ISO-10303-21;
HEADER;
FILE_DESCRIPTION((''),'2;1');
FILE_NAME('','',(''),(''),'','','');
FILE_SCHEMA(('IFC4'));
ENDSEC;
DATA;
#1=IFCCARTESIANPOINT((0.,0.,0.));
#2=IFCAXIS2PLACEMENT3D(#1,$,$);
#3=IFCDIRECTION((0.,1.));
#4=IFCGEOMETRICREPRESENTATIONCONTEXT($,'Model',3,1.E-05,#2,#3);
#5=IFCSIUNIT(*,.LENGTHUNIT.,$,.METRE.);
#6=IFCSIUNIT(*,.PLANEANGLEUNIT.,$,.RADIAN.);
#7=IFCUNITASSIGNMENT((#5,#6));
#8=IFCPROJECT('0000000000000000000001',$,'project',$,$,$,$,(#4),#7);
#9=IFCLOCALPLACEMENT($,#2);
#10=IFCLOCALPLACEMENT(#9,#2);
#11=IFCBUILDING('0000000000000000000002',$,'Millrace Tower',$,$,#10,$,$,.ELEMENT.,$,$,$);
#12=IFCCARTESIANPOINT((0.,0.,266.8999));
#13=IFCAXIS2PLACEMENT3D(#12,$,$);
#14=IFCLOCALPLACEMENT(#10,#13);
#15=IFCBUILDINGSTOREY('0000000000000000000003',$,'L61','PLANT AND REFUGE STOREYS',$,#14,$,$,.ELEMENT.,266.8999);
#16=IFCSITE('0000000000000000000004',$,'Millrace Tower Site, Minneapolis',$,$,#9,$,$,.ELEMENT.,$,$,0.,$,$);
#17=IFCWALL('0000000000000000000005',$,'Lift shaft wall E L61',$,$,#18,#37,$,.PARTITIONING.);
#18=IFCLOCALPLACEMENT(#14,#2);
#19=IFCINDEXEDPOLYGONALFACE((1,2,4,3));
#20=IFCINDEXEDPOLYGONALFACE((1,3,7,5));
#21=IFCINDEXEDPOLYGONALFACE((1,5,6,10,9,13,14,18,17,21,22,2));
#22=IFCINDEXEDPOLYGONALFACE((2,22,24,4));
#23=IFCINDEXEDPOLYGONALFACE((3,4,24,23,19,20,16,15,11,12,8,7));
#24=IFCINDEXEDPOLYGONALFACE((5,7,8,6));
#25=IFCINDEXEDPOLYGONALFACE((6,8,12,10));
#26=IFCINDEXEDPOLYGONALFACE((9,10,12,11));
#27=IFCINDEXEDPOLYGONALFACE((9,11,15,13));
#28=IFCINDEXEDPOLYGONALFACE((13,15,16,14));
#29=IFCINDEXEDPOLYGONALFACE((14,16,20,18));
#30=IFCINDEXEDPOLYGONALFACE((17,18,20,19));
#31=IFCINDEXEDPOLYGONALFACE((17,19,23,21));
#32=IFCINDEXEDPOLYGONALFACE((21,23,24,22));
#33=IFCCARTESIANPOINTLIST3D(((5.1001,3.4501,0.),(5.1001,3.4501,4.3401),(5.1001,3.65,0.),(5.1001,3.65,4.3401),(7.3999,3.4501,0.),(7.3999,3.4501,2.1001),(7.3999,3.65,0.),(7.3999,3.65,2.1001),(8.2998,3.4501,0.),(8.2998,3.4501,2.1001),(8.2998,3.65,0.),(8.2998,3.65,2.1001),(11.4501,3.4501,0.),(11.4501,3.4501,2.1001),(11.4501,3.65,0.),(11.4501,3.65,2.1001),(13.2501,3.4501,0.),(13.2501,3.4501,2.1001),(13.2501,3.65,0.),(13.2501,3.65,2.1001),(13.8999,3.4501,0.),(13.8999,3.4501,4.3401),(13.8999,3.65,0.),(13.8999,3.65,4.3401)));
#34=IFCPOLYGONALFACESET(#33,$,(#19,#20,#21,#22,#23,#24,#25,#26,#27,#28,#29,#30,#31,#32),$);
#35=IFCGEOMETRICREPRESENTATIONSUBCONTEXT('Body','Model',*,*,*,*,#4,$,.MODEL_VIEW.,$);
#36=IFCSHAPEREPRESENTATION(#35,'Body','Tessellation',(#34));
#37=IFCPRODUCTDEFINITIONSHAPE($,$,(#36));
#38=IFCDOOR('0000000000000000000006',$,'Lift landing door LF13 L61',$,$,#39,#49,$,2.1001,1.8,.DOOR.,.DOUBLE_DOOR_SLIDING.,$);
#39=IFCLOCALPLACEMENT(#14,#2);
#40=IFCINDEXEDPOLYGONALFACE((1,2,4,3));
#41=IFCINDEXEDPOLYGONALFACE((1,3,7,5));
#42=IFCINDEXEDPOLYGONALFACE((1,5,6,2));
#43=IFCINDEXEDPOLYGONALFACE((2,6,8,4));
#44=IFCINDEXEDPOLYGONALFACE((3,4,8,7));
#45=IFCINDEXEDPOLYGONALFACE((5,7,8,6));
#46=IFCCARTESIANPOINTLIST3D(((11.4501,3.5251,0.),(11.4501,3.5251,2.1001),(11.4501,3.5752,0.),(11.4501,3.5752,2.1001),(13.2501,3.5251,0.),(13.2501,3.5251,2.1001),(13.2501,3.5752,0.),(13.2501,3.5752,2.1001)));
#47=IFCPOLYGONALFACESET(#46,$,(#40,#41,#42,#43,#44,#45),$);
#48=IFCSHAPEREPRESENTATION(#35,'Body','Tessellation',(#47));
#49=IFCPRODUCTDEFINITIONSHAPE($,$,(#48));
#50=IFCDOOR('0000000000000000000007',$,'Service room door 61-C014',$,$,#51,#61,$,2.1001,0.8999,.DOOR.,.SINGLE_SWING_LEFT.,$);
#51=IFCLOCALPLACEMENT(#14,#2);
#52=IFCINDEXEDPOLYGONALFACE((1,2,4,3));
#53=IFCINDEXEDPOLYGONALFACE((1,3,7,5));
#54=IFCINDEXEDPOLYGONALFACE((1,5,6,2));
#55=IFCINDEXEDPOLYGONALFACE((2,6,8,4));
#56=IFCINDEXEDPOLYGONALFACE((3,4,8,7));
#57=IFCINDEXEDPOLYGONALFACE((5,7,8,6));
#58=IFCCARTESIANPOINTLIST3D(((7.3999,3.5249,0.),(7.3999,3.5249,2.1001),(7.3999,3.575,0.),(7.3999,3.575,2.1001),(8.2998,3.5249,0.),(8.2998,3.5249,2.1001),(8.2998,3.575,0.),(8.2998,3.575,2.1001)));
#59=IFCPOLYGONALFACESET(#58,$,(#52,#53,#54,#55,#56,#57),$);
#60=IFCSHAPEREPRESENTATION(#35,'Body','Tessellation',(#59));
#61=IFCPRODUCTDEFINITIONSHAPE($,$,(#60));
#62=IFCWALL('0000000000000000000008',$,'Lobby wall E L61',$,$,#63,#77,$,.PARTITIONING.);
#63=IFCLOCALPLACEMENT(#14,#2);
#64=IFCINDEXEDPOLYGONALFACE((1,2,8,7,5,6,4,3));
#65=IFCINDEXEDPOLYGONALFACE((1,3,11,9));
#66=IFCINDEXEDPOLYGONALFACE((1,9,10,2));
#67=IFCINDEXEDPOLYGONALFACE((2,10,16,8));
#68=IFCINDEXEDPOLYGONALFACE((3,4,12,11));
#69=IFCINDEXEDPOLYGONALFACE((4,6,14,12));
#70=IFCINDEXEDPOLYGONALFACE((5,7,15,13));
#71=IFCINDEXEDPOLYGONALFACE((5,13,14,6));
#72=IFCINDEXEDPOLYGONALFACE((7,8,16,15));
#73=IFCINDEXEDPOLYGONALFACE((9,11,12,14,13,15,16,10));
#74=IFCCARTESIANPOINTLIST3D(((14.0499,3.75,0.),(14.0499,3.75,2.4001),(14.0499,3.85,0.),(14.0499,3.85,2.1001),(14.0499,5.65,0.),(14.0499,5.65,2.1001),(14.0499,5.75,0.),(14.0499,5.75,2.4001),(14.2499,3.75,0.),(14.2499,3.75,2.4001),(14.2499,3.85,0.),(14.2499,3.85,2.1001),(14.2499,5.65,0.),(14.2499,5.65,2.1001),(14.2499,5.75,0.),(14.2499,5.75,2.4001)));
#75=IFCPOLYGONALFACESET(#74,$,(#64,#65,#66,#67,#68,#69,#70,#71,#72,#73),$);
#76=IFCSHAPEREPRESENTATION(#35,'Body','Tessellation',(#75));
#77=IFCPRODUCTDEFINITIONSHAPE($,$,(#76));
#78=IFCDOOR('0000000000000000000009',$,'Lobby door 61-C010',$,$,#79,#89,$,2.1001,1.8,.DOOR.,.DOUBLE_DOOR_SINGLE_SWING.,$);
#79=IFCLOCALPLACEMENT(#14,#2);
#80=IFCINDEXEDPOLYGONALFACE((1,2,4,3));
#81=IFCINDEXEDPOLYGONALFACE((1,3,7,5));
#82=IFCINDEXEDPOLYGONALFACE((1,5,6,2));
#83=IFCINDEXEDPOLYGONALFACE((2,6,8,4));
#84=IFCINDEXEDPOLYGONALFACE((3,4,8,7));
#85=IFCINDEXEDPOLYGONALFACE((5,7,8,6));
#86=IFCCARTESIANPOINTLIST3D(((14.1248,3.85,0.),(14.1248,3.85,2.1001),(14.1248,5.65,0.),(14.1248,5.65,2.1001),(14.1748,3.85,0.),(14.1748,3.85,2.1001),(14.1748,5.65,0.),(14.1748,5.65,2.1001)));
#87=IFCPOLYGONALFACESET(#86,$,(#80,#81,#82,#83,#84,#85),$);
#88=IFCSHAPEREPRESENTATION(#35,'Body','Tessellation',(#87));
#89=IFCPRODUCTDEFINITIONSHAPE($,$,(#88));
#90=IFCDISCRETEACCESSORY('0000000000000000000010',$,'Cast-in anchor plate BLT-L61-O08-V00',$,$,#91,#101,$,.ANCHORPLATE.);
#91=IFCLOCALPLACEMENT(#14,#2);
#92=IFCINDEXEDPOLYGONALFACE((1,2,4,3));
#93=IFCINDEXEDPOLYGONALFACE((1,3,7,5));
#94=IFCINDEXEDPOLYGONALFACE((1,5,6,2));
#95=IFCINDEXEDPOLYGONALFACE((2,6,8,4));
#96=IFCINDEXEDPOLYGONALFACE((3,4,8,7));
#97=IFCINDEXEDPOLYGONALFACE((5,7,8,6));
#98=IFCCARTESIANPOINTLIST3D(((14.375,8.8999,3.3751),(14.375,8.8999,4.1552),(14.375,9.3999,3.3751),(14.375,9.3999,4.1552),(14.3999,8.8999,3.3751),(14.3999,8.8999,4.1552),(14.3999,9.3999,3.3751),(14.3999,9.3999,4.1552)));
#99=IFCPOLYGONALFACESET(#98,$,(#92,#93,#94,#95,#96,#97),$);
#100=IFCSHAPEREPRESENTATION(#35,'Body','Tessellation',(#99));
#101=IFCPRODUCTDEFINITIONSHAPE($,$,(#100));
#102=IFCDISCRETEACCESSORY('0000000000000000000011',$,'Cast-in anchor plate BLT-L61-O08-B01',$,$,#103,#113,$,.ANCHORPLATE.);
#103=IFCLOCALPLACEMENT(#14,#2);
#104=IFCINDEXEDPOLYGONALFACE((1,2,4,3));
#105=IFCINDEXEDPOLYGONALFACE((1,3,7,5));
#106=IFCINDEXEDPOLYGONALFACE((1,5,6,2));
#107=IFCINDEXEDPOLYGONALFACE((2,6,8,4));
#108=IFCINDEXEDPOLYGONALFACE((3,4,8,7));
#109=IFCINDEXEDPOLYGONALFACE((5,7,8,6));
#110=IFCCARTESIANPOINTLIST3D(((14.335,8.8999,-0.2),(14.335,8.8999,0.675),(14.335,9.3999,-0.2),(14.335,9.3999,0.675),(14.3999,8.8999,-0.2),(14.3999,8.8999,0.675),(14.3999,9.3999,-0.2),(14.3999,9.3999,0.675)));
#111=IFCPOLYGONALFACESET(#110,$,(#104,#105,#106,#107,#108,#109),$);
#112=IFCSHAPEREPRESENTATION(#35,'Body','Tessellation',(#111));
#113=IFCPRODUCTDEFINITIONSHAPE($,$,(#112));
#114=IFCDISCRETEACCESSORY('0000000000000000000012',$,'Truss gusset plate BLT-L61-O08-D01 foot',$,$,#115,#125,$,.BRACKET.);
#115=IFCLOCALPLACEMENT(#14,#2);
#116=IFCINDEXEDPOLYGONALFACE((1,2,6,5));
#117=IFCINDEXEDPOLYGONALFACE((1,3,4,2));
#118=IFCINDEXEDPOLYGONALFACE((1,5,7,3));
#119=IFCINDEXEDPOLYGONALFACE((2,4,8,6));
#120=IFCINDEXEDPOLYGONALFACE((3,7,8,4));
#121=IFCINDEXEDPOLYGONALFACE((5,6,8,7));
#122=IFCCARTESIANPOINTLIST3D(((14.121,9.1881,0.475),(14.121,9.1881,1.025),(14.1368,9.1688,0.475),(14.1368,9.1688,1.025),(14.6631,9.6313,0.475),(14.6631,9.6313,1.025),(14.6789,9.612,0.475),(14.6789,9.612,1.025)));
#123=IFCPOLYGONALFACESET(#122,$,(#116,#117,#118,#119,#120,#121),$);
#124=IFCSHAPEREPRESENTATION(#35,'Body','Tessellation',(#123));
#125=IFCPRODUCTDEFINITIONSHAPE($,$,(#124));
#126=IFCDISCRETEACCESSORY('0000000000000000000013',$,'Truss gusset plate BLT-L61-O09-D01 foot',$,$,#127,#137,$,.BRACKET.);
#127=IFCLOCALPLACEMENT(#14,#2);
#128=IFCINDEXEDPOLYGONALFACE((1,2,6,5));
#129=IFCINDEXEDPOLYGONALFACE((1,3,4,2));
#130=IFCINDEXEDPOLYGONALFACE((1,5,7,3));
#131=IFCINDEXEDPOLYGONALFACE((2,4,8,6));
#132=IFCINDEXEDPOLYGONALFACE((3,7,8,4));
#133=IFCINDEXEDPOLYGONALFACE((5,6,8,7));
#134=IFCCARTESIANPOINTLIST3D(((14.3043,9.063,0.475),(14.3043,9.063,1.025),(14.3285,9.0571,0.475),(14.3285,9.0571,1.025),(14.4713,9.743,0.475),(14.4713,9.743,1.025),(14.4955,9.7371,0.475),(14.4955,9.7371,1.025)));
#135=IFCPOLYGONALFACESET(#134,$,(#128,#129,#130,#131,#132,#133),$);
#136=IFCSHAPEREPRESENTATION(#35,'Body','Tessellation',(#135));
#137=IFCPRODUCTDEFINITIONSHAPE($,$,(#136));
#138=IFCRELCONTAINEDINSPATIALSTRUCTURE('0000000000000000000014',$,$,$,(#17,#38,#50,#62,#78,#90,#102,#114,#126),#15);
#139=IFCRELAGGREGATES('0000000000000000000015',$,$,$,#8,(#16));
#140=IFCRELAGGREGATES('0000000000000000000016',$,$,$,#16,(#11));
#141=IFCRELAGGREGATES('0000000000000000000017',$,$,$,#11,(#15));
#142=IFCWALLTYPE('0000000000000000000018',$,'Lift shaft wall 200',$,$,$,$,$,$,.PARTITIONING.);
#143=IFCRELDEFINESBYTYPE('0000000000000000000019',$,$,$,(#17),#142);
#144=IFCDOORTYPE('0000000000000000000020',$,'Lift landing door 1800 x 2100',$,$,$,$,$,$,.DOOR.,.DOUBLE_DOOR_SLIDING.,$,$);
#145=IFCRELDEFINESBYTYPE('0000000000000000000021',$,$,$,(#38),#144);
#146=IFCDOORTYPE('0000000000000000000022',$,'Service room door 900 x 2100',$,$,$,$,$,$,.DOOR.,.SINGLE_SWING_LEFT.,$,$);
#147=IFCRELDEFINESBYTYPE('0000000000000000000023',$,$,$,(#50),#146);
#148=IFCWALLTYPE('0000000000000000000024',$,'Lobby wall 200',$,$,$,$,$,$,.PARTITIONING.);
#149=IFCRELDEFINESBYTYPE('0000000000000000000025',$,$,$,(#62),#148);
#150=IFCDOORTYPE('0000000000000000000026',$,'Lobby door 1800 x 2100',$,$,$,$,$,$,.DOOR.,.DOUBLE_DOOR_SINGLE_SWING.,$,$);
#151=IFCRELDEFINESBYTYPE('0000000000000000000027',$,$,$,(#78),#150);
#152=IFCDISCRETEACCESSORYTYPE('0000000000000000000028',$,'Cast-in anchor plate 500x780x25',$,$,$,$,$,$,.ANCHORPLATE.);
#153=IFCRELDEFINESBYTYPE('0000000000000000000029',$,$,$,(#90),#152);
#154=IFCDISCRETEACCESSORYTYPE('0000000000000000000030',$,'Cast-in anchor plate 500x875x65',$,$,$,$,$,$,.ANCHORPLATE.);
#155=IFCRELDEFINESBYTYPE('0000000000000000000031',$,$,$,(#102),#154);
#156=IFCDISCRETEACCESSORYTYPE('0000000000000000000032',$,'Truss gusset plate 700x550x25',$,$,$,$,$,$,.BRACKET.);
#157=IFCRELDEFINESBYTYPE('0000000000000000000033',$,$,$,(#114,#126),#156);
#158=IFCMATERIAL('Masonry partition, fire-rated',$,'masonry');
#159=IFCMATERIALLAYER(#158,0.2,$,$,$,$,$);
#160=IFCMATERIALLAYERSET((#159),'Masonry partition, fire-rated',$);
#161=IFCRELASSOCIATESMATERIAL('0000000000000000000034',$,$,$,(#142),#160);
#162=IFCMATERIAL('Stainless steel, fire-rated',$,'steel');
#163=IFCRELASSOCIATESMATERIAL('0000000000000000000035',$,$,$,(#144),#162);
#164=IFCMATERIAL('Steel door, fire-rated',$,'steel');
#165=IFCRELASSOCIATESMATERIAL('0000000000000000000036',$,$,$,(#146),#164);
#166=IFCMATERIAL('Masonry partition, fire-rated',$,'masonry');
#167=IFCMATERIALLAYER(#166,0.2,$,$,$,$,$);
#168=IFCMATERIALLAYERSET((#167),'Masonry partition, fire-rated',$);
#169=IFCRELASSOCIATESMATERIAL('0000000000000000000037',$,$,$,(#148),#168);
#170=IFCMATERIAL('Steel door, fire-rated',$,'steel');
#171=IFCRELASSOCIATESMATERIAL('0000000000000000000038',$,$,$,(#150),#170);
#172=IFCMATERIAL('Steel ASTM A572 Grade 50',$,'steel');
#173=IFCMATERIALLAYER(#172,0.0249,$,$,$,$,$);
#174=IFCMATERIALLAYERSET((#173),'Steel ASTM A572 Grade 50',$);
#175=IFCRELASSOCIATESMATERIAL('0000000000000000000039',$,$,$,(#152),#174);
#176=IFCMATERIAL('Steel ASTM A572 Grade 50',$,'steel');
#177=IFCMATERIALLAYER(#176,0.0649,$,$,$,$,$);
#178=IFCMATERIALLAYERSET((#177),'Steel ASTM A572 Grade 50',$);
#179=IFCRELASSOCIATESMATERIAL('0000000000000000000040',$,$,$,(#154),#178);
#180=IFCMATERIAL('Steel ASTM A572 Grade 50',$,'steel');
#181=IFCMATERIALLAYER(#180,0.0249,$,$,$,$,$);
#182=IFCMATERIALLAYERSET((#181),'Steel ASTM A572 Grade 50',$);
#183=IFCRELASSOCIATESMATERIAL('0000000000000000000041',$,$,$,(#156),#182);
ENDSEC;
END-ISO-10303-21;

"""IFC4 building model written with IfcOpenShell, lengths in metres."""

from ifc_helpers import new_model, si_unit, direction, frame, frame_2d, origin, origin_2d, place, context, subcontext, project, spatial, rectangle, extrude, material, layer, layer_set, type_object, element, fill, save


model = new_model("IFC4")

# Units and contexts
model_context = context("Model", 3, precision=1e-05, world=origin(), true_north=direction((0.0, 1.0)))
body_context = subcontext(model_context, "Body", "Model", "MODEL_VIEW")
ifc_project = project(units=[si_unit("LENGTHUNIT", "METRE"), si_unit("PLANEANGLEUNIT", "RADIAN")], contexts=[model_context])

# Site, building, storey
site_placement = place(None, origin())
site = spatial("IfcSite", under=ifc_project, at=site_placement, Name="Millrace Tower Site, Minneapolis", CompositionType="ELEMENT", RefElevation=0.0)
building_placement = place(site_placement, origin())
building = spatial("IfcBuilding", under=site, at=building_placement, Name="Millrace Tower", CompositionType="ELEMENT")
storey_placement = place(building_placement, frame((0.0, 0.0, 266.8999)))
storey = spatial("IfcBuildingStorey", under=building, at=storey_placement, Name="L61", Description="PLANT AND REFUGE STOREYS", CompositionType="ELEMENT", Elevation=266.8999)

# Wall, openings, doors
ifc_material_1 = material(Name="Masonry partition, fire-rated", Category="masonry")
ifc_layer_1 = layer(ifc_material_1, 0.2)
ifc_layer_set_1 = layer_set([ifc_layer_1], Name="Masonry partition, fire-rated")
wall_type_1 = type_object("IfcWallType", Name="Lift shaft wall 200", PredefinedType="PARTITIONING", material=ifc_layer_set_1)
wall_1_placement = place(storey_placement, frame((13.8999, 3.55, 0.0), z_axis=(0.0, 0.0, 1.0), x_axis=(-1.0, 0.0, 0.0)))
wall_1 = element("IfcWall", 1, at=wall_1_placement, inside=storey, type_object=wall_type_1, Name="Lift shaft wall E L61", PredefinedType="PARTITIONING", context=body_context, shape_type="SweptSolid", body=[
    extrude(rectangle(XDim=8.7998, YDim=0.2, at=frame_2d((4.3999, 0.0))), origin(), (0.0, 0.0, 1.0), 4.3401),
])
opening_1_placement = place(wall_1_placement, frame((0.6499, 0.0, 0.0)))
opening_1 = element("IfcOpeningElement", 2, at=opening_1_placement, cuts=wall_1, PredefinedType="OPENING", context=body_context, shape_type="SweptSolid", body=[
    extrude(rectangle(XDim=1.8, YDim=2.1001, at=frame_2d((0.8999, 1.05))), frame((0.0, 0.1099, 0.0), z_axis=(0.0, -1.0, 0.0), x_axis=(1.0, 0.0, 0.0)), (0.0, 0.0, 1.0), 0.22),
])
opening_2_placement = place(wall_1_placement, frame((5.6001, 0.0, 0.0)))
opening_2 = element("IfcOpeningElement", 3, at=opening_2_placement, cuts=wall_1, PredefinedType="OPENING", context=body_context, shape_type="SweptSolid", body=[
    extrude(rectangle(XDim=0.8999, YDim=2.1001, at=frame_2d((0.45, 1.05))), frame((0.0, 0.1099, 0.0), z_axis=(0.0, -1.0, 0.0), x_axis=(1.0, 0.0, 0.0)), (0.0, 0.0, 1.0), 0.22),
])
ifc_material_2 = material(Name="Stainless steel, fire-rated", Category="steel")
door_type_1 = type_object("IfcDoorType", Name="Lift landing door 1800 x 2100", OperationType="DOUBLE_DOOR_SLIDING", PredefinedType="DOOR", material=ifc_material_2)
door_1_placement = place(opening_1_placement, origin())
door_1 = element("IfcDoor", 4, at=door_1_placement, inside=storey, type_object=door_type_1, Name="Lift landing door LF13 L61", OperationType="DOUBLE_DOOR_SLIDING", OverallHeight=2.1001, OverallWidth=1.8, PredefinedType="DOOR", context=body_context, shape_type="SweptSolid", body=[
    extrude(rectangle(XDim=1.8, YDim=2.1001, at=frame_2d((0.8999, 1.05))), frame((0.0, 0.0249, 0.0), z_axis=(0.0, -1.0, 0.0), x_axis=(1.0, 0.0, 0.0)), (0.0, 0.0, 1.0), 0.05),
])
fill(opening_1, door_1)
ifc_material_3 = material(Name="Steel door, fire-rated", Category="steel")
door_type_2 = type_object("IfcDoorType", Name="Service room door 900 x 2100", OperationType="SINGLE_SWING_LEFT", PredefinedType="DOOR", material=ifc_material_3)
door_2_placement = place(opening_2_placement, frame((0.8999, 0.0, 0.0), z_axis=(0.0, 0.0, 1.0), x_axis=(-1.0, 0.0, 0.0)))
door_2 = element("IfcDoor", 5, at=door_2_placement, inside=storey, type_object=door_type_2, Name="Service room door 61-C014", OperationType="SINGLE_SWING_LEFT", OverallHeight=2.1001, OverallWidth=0.8999, PredefinedType="DOOR", context=body_context, shape_type="SweptSolid", body=[
    extrude(rectangle(XDim=0.8999, YDim=2.1001, at=frame_2d((0.45, 1.05))), frame((0.0, 0.0249, 0.0), z_axis=(0.0, -1.0, 0.0), x_axis=(1.0, 0.0, 0.0)), (0.0, 0.0, 1.0), 0.05),
])
fill(opening_2, door_2)

# Wall, opening, door
ifc_material_4 = material(Name="Masonry partition, fire-rated", Category="masonry")
ifc_layer_2 = layer(ifc_material_4, 0.2)
ifc_layer_set_2 = layer_set([ifc_layer_2], Name="Masonry partition, fire-rated")
wall_type_2 = type_object("IfcWallType", Name="Lobby wall 200", PredefinedType="PARTITIONING", material=ifc_layer_set_2)
wall_2_placement = place(storey_placement, frame((14.1499, 5.75, 0.0), z_axis=(0.0, 0.0, 1.0), x_axis=(0.0, -1.0, 0.0)))
wall_2 = element("IfcWall", 6, at=wall_2_placement, inside=storey, type_object=wall_type_2, Name="Lobby wall E L61", PredefinedType="PARTITIONING", context=body_context, shape_type="SweptSolid", body=[
    extrude(rectangle(XDim=2.0, YDim=0.2, at=frame_2d((1.0, 0.0))), origin(), (0.0, 0.0, 1.0), 2.4001),
])
opening_3_placement = place(wall_2_placement, frame((0.1001, 0.0, 0.0)))
opening_3 = element("IfcOpeningElement", 7, at=opening_3_placement, cuts=wall_2, PredefinedType="OPENING", context=body_context, shape_type="SweptSolid", body=[
    extrude(rectangle(XDim=1.8, YDim=2.1001, at=frame_2d((0.8999, 1.05))), frame((0.0, 0.1099, 0.0), z_axis=(0.0, -1.0, 0.0), x_axis=(1.0, 0.0, 0.0)), (0.0, 0.0, 1.0), 0.22),
])
ifc_material_5 = material(Name="Steel door, fire-rated", Category="steel")
door_type_3 = type_object("IfcDoorType", Name="Lobby door 1800 x 2100", OperationType="DOUBLE_DOOR_SINGLE_SWING", PredefinedType="DOOR", material=ifc_material_5)
door_3_placement = place(opening_3_placement, origin())
door_3 = element("IfcDoor", 8, at=door_3_placement, inside=storey, type_object=door_type_3, Name="Lobby door 61-C010", OperationType="DOUBLE_DOOR_SINGLE_SWING", OverallHeight=2.1001, OverallWidth=1.8, PredefinedType="DOOR", context=body_context, shape_type="SweptSolid", body=[
    extrude(rectangle(XDim=1.8, YDim=2.1001, at=frame_2d((0.8999, 1.05))), frame((0.0, 0.0249, 0.0), z_axis=(0.0, -1.0, 0.0), x_axis=(1.0, 0.0, 0.0)), (0.0, 0.0, 1.0), 0.05),
])
fill(opening_3, door_3)

# Discrete accessories
ifc_material_6 = material(Name="Steel ASTM A572 Grade 50", Category="steel")
ifc_layer_3 = layer(ifc_material_6, 0.0249)
ifc_layer_set_3 = layer_set([ifc_layer_3], Name="Steel ASTM A572 Grade 50")
discrete_accessory_type_1 = type_object("IfcDiscreteAccessoryType", Name="Cast-in anchor plate 500x780x25", PredefinedType="ANCHORPLATE", material=ifc_layer_set_3)
discrete_accessory_1_placement = place(storey_placement, frame((14.375, 9.1499, 3.7651), z_axis=(1.0, 0.0, 0.0), x_axis=(0.0, 1.0, 0.0)))
element("IfcDiscreteAccessory", 9, at=discrete_accessory_1_placement, inside=storey, type_object=discrete_accessory_type_1, Name="Cast-in anchor plate BLT-L61-O08-V00", PredefinedType="ANCHORPLATE", context=body_context, shape_type="SweptSolid", body=[
    extrude(rectangle(XDim=0.5, YDim=0.78, at=origin_2d()), origin(), (0.0, 0.0, 1.0), 0.0249),
])
ifc_material_7 = material(Name="Steel ASTM A572 Grade 50", Category="steel")
ifc_layer_4 = layer(ifc_material_7, 0.0649)
ifc_layer_set_4 = layer_set([ifc_layer_4], Name="Steel ASTM A572 Grade 50")
discrete_accessory_type_2 = type_object("IfcDiscreteAccessoryType", Name="Cast-in anchor plate 500x875x65", PredefinedType="ANCHORPLATE", material=ifc_layer_set_4)
discrete_accessory_2_placement = place(storey_placement, frame((14.335, 9.1499, 0.2375), z_axis=(1.0, 0.0, 0.0), x_axis=(0.0, 1.0, 0.0)))
element("IfcDiscreteAccessory", 10, at=discrete_accessory_2_placement, inside=storey, type_object=discrete_accessory_type_2, Name="Cast-in anchor plate BLT-L61-O08-B01", PredefinedType="ANCHORPLATE", context=body_context, shape_type="SweptSolid", body=[
    extrude(rectangle(XDim=0.5, YDim=0.875, at=origin_2d()), origin(), (0.0, 0.0, 1.0), 0.0649),
])
ifc_material_8 = material(Name="Steel ASTM A572 Grade 50", Category="steel")
ifc_layer_5 = layer(ifc_material_8, 0.0249)
ifc_layer_set_5 = layer_set([ifc_layer_5], Name="Steel ASTM A572 Grade 50")
discrete_accessory_type_3 = type_object("IfcDiscreteAccessoryType", Name="Truss gusset plate 700x550x25", PredefinedType="BRACKET", material=ifc_layer_set_5)
for number, where, z_axis, x_axis, name in (
    (11, (14.1289, 9.1785, 0.75), (0.77419, 0.632953, 0.0), (-0.632953, 0.77419, 0.0), "Truss gusset plate BLT-L61-O08-D01 foot"),
    (12, (14.3164, 9.0601, 0.75), (0.238513, 0.971139, 0.0), (-0.971139, 0.238513, 0.0), "Truss gusset plate BLT-L61-O09-D01 foot"),
):
    element("IfcDiscreteAccessory", number, at=place(storey_placement, frame(where, z_axis=z_axis, x_axis=x_axis)), inside=storey, type_object=discrete_accessory_type_3, Name=name, PredefinedType="BRACKET", context=body_context, shape_type="SweptSolid", body=[
        extrude(rectangle(XDim=0.0249, YDim=0.55, at=origin_2d()), origin(), (0.0, 0.0, 1.0), 0.7002),
    ])

save(model, "model.ifc")
